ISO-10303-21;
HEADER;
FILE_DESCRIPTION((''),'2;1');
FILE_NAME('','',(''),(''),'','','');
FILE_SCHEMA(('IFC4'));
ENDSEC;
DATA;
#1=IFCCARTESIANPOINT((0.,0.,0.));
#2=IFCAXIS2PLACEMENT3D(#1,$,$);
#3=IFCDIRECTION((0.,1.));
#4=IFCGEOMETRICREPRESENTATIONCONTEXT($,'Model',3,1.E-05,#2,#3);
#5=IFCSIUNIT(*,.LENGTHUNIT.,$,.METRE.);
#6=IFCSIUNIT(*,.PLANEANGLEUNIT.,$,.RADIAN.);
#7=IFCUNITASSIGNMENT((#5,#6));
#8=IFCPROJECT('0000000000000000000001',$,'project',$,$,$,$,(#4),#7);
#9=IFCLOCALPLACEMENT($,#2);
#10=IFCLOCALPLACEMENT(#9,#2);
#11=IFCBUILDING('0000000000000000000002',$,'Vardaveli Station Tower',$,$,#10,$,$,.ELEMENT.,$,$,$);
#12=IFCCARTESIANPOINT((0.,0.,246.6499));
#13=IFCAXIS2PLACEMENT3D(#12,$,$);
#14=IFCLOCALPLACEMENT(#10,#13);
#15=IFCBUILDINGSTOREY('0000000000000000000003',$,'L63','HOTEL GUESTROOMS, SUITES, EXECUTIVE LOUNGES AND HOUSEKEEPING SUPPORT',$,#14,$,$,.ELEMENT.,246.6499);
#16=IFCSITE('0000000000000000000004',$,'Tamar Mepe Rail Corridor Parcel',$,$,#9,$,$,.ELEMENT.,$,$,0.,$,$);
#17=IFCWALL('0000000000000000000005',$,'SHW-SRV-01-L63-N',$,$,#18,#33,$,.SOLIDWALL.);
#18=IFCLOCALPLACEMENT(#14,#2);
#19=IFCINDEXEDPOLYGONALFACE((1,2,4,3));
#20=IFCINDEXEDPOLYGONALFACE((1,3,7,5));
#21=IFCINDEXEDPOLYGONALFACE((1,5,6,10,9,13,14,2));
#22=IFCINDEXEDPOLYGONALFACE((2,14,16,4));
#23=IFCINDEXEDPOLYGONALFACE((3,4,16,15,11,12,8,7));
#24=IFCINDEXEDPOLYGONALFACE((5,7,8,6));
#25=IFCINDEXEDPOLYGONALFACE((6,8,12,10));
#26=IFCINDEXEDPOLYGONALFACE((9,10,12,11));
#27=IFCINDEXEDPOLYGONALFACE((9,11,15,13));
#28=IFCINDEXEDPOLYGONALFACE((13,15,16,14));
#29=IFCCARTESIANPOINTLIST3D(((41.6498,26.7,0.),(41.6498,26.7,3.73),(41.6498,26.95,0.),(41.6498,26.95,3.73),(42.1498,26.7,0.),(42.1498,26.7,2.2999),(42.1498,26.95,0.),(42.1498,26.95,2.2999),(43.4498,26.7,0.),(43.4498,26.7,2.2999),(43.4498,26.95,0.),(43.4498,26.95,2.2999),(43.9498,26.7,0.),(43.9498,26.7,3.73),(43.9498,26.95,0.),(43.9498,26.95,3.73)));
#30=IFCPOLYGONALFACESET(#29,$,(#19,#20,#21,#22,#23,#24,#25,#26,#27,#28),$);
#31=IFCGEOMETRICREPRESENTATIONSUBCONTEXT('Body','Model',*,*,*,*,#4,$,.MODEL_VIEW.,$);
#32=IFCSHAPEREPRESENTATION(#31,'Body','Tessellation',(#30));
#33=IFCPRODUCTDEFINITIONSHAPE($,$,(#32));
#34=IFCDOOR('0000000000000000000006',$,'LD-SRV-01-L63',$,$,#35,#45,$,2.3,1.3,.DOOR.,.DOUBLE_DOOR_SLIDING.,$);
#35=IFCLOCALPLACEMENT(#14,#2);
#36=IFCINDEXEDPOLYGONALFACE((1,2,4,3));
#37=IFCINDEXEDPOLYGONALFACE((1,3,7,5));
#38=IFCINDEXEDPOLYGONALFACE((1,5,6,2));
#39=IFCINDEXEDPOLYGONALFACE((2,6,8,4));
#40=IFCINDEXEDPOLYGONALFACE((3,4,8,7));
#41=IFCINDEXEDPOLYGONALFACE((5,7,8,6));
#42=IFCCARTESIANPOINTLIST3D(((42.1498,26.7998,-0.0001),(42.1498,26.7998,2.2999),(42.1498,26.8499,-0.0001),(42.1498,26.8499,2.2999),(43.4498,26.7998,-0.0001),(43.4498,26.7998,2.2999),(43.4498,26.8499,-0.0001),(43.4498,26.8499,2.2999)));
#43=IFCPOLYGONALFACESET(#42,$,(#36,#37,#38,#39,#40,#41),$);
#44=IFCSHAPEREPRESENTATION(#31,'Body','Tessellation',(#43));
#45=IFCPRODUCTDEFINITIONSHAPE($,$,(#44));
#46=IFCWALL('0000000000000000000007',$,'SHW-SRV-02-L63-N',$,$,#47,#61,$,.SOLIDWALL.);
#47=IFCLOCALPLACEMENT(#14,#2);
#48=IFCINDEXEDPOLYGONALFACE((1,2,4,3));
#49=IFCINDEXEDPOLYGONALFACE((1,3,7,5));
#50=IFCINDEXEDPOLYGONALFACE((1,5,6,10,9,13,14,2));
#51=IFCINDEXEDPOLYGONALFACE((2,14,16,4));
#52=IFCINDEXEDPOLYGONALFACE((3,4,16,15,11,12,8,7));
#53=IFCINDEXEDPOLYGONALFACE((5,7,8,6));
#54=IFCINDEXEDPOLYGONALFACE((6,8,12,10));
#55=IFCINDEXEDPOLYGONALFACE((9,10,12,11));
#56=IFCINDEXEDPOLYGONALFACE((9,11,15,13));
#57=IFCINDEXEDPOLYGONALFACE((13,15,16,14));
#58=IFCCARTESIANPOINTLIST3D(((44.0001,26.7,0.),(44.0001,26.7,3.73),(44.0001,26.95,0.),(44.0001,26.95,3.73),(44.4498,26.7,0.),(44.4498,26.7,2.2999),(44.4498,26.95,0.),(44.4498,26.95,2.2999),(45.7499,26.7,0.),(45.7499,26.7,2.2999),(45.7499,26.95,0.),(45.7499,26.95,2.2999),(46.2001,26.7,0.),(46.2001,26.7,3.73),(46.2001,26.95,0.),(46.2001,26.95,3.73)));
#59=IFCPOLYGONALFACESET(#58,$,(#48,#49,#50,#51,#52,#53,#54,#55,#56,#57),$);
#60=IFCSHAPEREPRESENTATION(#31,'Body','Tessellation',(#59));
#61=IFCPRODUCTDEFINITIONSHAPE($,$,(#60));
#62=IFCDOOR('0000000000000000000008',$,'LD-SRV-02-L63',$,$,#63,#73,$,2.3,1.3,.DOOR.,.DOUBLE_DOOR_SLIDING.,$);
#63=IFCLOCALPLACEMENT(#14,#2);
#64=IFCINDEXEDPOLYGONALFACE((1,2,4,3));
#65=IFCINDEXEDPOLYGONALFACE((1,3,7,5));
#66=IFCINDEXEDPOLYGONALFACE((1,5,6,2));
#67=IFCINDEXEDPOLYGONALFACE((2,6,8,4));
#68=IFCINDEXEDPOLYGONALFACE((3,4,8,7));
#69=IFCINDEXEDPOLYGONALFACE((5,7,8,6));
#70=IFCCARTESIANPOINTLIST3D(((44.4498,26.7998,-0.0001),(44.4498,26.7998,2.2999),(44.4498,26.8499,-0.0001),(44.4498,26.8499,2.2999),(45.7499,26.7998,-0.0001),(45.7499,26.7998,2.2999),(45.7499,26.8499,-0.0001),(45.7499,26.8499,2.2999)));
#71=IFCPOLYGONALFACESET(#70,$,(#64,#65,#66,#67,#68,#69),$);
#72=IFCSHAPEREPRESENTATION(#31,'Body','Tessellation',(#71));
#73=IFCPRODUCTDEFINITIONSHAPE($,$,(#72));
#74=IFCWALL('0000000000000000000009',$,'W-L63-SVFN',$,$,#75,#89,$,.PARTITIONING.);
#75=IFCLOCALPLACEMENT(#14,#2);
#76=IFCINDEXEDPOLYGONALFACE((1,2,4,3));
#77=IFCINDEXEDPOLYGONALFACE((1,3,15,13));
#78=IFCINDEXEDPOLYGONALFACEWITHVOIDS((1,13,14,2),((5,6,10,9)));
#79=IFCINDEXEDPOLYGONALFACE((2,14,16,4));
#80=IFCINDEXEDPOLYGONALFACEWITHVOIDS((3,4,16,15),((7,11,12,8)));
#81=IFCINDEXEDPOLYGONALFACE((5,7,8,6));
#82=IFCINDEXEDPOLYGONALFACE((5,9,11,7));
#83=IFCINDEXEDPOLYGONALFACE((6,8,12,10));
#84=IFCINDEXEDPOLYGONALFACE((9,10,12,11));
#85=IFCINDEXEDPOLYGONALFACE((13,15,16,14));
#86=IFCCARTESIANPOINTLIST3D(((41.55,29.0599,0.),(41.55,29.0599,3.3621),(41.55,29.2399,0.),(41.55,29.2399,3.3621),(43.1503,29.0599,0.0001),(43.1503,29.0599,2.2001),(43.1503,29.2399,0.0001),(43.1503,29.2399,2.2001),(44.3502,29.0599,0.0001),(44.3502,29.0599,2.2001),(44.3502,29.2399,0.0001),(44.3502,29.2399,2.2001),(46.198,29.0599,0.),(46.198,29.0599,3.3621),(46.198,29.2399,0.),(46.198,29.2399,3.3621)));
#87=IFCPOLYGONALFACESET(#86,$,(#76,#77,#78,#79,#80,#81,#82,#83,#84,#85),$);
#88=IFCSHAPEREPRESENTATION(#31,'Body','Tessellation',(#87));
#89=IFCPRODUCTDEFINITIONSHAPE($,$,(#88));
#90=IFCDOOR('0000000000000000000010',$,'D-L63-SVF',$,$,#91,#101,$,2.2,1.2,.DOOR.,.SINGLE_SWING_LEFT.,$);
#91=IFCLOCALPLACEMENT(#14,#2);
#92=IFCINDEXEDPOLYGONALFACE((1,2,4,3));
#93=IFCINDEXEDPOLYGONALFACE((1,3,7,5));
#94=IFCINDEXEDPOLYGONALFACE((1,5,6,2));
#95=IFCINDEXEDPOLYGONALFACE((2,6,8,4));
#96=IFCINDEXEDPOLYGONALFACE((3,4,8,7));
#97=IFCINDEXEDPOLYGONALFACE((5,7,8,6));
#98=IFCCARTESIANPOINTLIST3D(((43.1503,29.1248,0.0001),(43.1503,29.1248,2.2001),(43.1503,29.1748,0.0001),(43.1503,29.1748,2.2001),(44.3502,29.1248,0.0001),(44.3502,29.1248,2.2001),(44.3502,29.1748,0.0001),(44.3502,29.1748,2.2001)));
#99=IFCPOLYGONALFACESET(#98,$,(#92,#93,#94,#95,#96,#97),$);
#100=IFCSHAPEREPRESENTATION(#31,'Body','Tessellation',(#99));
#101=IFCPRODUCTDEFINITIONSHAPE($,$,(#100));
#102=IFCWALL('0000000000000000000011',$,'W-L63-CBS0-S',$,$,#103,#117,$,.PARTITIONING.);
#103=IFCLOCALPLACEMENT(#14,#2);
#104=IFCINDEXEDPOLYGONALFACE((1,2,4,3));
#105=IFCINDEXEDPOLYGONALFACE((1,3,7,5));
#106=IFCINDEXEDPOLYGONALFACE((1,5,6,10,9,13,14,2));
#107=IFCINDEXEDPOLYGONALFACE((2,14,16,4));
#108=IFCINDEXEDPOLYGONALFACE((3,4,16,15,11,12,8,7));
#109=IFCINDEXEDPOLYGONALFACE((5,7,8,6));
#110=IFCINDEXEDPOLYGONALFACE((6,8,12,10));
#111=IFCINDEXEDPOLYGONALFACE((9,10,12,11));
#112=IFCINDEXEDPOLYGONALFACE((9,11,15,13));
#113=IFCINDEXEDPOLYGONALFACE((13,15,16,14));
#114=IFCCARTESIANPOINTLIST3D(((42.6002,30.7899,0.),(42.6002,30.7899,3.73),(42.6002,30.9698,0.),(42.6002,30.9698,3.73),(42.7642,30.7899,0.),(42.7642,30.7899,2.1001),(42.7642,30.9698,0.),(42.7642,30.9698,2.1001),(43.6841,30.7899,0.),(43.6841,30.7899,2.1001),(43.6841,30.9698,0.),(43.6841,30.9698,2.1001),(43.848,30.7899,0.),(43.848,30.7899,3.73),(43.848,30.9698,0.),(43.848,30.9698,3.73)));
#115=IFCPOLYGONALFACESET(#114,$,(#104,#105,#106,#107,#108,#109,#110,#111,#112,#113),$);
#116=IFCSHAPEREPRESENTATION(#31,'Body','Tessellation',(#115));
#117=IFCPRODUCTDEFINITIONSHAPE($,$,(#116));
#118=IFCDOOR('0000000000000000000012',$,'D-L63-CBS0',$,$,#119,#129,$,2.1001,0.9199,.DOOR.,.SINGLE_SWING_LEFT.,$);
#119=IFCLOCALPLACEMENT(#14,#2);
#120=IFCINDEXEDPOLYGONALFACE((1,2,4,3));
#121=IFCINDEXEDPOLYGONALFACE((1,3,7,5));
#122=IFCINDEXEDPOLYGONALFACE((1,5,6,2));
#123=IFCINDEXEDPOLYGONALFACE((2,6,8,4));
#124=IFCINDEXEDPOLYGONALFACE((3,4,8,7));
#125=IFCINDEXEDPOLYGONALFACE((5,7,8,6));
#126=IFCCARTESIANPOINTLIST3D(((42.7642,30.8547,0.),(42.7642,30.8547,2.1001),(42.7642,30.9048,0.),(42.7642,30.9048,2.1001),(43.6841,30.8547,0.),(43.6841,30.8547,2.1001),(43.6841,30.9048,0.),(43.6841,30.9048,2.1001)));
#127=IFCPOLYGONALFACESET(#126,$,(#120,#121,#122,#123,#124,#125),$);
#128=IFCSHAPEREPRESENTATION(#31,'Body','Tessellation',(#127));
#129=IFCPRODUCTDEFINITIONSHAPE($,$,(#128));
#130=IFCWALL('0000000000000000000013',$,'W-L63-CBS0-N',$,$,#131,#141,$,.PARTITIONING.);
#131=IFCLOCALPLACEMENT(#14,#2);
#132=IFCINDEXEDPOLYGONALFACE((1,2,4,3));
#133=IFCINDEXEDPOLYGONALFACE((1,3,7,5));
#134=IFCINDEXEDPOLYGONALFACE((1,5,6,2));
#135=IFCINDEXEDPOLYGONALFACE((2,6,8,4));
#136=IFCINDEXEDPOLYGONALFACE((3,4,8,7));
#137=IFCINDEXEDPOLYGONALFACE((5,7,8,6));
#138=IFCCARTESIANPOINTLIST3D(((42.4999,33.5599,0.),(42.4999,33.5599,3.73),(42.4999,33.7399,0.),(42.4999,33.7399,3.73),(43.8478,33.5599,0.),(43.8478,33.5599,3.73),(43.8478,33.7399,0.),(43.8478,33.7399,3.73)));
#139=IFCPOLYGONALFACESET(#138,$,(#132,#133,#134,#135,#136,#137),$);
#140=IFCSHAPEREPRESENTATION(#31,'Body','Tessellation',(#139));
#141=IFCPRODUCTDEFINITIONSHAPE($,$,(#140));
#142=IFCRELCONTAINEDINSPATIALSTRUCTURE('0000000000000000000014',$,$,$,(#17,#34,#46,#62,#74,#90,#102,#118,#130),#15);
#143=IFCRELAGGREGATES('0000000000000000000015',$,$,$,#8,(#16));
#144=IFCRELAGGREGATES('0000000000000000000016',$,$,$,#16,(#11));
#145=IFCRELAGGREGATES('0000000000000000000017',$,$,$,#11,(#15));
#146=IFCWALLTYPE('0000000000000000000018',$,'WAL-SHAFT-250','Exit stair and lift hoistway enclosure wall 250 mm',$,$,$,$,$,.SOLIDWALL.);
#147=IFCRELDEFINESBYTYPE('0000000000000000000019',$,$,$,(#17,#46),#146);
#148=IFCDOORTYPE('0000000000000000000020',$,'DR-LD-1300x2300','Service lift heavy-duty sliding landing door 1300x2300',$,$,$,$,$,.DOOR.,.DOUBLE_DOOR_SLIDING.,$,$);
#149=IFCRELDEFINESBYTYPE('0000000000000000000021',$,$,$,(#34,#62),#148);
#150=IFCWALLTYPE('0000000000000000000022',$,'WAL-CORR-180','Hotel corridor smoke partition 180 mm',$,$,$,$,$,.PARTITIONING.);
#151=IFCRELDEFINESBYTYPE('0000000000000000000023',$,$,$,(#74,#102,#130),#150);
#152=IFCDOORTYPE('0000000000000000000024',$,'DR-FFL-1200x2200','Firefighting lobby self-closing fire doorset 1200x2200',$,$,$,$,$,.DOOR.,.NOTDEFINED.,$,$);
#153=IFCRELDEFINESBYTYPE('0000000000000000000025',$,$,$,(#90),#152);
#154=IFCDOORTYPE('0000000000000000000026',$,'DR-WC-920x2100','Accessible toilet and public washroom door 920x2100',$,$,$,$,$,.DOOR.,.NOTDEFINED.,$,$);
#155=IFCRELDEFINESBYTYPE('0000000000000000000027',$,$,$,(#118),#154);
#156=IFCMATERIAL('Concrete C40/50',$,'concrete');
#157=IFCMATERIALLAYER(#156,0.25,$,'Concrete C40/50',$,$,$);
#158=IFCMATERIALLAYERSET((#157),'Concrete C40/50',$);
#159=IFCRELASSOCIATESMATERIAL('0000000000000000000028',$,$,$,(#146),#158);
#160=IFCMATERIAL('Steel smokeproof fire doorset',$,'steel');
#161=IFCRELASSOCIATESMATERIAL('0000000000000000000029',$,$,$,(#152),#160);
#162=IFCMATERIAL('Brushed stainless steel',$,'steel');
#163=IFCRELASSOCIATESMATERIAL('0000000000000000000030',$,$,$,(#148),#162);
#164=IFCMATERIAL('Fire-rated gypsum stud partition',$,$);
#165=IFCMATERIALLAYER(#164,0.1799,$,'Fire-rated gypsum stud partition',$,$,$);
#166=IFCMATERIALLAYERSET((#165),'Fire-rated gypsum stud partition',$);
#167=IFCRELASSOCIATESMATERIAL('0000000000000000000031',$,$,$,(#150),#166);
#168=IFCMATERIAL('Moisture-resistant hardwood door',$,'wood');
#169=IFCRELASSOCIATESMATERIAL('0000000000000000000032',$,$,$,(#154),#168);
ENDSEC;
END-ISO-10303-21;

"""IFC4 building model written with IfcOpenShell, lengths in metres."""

from ifc_helpers import new_model, si_unit, direction, frame, frame_2d, origin, place, context, subcontext, project, spatial, rectangle, extrude, source, transform, mapped, material, layer, layer_set, type_object, element, fill, save


model = new_model("IFC4")

# Units and contexts
model_context = context("Model", 3, precision=1e-05, world=origin(), true_north=direction((0.0, 1.0)))
body_context = subcontext(model_context, "Body", "Model", "MODEL_VIEW")
ifc_project = project(units=[si_unit("LENGTHUNIT", "METRE"), si_unit("PLANEANGLEUNIT", "RADIAN")], contexts=[model_context])

# Site, building, storey
site_placement = place(None, origin())
site = spatial("IfcSite", under=ifc_project, at=site_placement, Name="Tamar Mepe Rail Corridor Parcel", CompositionType="ELEMENT", RefElevation=0.0)
building_placement = place(site_placement, origin())
building = spatial("IfcBuilding", under=site, at=building_placement, Name="Vardaveli Station Tower", CompositionType="ELEMENT")
storey_placement = place(building_placement, frame((0.0, 0.0, 246.6499)))
storey = spatial("IfcBuildingStorey", under=building, at=storey_placement, Name="L63", Description="HOTEL GUESTROOMS, SUITES, EXECUTIVE LOUNGES AND HOUSEKEEPING SUPPORT", CompositionType="ELEMENT", Elevation=246.6499)

# Shared definitions
ifc_material_1 = material(Name="Concrete C40/50", Category="concrete")
ifc_layer_1 = layer(ifc_material_1, 0.25, Name="Concrete C40/50")
ifc_layer_set_1 = layer_set([ifc_layer_1], Name="Concrete C40/50")
wall_type_1 = type_object("IfcWallType", Name="WAL-SHAFT-250", Description="Exit stair and lift hoistway enclosure wall 250 mm", PredefinedType="SOLIDWALL", material=ifc_layer_set_1)

# Walls, openings, doors
ifc_material_2 = material(Name="Steel smokeproof fire doorset", Category="steel")
door_type_1 = type_object("IfcDoorType", Name="DR-FFL-1200x2200", Description="Firefighting lobby self-closing fire doorset 1200x2200", OperationType="NOTDEFINED", PredefinedType="DOOR", material=ifc_material_2)
shared_shape_1 = source(origin(), body_context, "Body", "SweptSolid", [
    extrude(rectangle(XDim=1.2, YDim=2.2, at=frame_2d((0.6001, 1.1001))), frame((0.0, 0.0249, 0.0), z_axis=(0.0, -1.0, 0.0), x_axis=(1.0, 0.0, 0.0)), (0.0, 0.0, 1.0), 0.05),
])
shared_shape_2 = source(origin(), body_context, "Body", "SweptSolid", [
    extrude(rectangle(XDim=2.3, YDim=0.25, at=frame_2d((1.1499, 0.0))), origin(), (0.0, 0.0, 1.0), 3.73),
])
wall_1_placement = place(storey_placement, frame((41.6499, 26.825, 0.0), z_axis=(0.0, 0.0, 1.0), x_axis=(1.0, 0.0, 0.0)))
wall_1 = element("IfcWall", 1, at=wall_1_placement, inside=storey, type_object=wall_type_1, Name="SHW-SRV-01-L63-N", PredefinedType="SOLIDWALL", context=body_context, shape_type="MappedRepresentation", body=[
    mapped(shared_shape_2, transform((0.0, 0.0, 0.0), scale=1.0)),
])
shared_shape_3 = source(origin(), body_context, "Body", "SweptSolid", [
    extrude(rectangle(XDim=1.3, YDim=2.3, at=frame_2d((0.6499, 1.1499))), frame((0.0, 0.135, 0.0), z_axis=(0.0, -1.0, 0.0), x_axis=(1.0, 0.0, 0.0)), (0.0, 0.0, 1.0), 0.27),
])
opening_1_placement = place(wall_1_placement, frame((0.5, 0.0, 0.0)))
opening_1 = element("IfcOpeningElement", 2, at=opening_1_placement, cuts=wall_1, PredefinedType="OPENING", context=body_context, shape_type="MappedRepresentation", body=[
    mapped(shared_shape_3, transform((0.0, 0.0, 0.0), scale=1.0)),
])
ifc_material_3 = material(Name="Brushed stainless steel", Category="steel")
door_type_2 = type_object("IfcDoorType", Name="DR-LD-1300x2300", Description="Service lift heavy-duty sliding landing door 1300x2300", OperationType="DOUBLE_DOOR_SLIDING", PredefinedType="DOOR", material=ifc_material_3)
shared_shape_4 = source(origin(), body_context, "Body", "SweptSolid", [
    extrude(rectangle(XDim=1.3, YDim=2.3, at=frame_2d((0.6499, 1.1499))), frame((0.0, 0.0249, 0.0), z_axis=(0.0, -1.0, 0.0), x_axis=(1.0, 0.0, 0.0)), (0.0, 0.0, 1.0), 0.05),
])
door_1_placement = place(opening_1_placement, origin())
door_1 = element("IfcDoor", 3, at=door_1_placement, inside=storey, type_object=door_type_2, Name="LD-SRV-01-L63", OperationType="DOUBLE_DOOR_SLIDING", OverallHeight=2.3, OverallWidth=1.3, PredefinedType="DOOR", context=body_context, shape_type="MappedRepresentation", body=[
    mapped(shared_shape_4, transform((0.0, 0.0, 0.0), scale=1.0)),
])
fill(opening_1, door_1)
shared_shape_5 = source(origin(), body_context, "Body", "SweptSolid", [
    extrude(rectangle(XDim=2.2, YDim=0.25, at=frame_2d((1.1001, 0.0))), origin(), (0.0, 0.0, 1.0), 3.73),
])
wall_2_placement = place(storey_placement, frame((44.0, 26.825, 0.0), z_axis=(0.0, 0.0, 1.0), x_axis=(1.0, 0.0, 0.0)))
wall_2 = element("IfcWall", 4, at=wall_2_placement, inside=storey, type_object=wall_type_1, Name="SHW-SRV-02-L63-N", PredefinedType="SOLIDWALL", context=body_context, shape_type="MappedRepresentation", body=[
    mapped(shared_shape_5, transform((0.0, 0.0, 0.0), scale=1.0)),
])
opening_2_placement = place(wall_2_placement, frame((0.45, 0.0, 0.0)))
opening_2 = element("IfcOpeningElement", 5, at=opening_2_placement, cuts=wall_2, PredefinedType="OPENING", context=body_context, shape_type="MappedRepresentation", body=[
    mapped(shared_shape_3, transform((0.0, 0.0, 0.0), scale=1.0)),
])
door_2_placement = place(opening_2_placement, origin())
door_2 = element("IfcDoor", 6, at=door_2_placement, inside=storey, type_object=door_type_2, Name="LD-SRV-02-L63", OperationType="DOUBLE_DOOR_SLIDING", OverallHeight=2.3, OverallWidth=1.3, PredefinedType="DOOR", context=body_context, shape_type="MappedRepresentation", body=[
    mapped(shared_shape_4, transform((0.0, 0.0, 0.0), scale=1.0)),
])
fill(opening_2, door_2)
ifc_material_4 = material(Name="Fire-rated gypsum stud partition")
ifc_layer_2 = layer(ifc_material_4, 0.1799, Name="Fire-rated gypsum stud partition")
ifc_layer_set_2 = layer_set([ifc_layer_2], Name="Fire-rated gypsum stud partition")
wall_type_2 = type_object("IfcWallType", Name="WAL-CORR-180", Description="Hotel corridor smoke partition 180 mm", PredefinedType="PARTITIONING", material=ifc_layer_set_2)
shared_shape_6 = source(origin(), body_context, "Body", "SweptSolid", [
    extrude(rectangle(XDim=4.6479, YDim=0.1799, at=frame_2d((2.324, 0.0))), origin(), (0.0, 0.0, 1.0), 3.3621),
])
wall_3_placement = place(storey_placement, frame((41.55, 29.1499, 0.0), z_axis=(0.0, 0.0, 1.0), x_axis=(1.0, 0.0, 0.0)))
wall_3 = element("IfcWall", 7, at=wall_3_placement, inside=storey, type_object=wall_type_2, Name="W-L63-SVFN", PredefinedType="PARTITIONING", context=body_context, shape_type="MappedRepresentation", body=[
    mapped(shared_shape_6, transform((0.0, 0.0, 0.0), scale=1.0)),
])
shared_shape_7 = source(origin(), body_context, "Body", "SweptSolid", [
    extrude(rectangle(XDim=1.2, YDim=2.2, at=frame_2d((0.6001, 1.1001))), frame((0.0, 0.1001, 0.0), z_axis=(0.0, -1.0, 0.0), x_axis=(1.0, 0.0, 0.0)), (0.0, 0.0, 1.0), 0.2),
])
opening_3_placement = place(wall_3_placement, frame((1.6001, 0.0, 0.0)))
opening_3 = element("IfcOpeningElement", 8, at=opening_3_placement, cuts=wall_3, PredefinedType="OPENING", context=body_context, shape_type="MappedRepresentation", body=[
    mapped(shared_shape_7, transform((0.0, 0.0, 0.0), scale=1.0)),
])
door_3_placement = place(opening_3_placement, origin())
door_3 = element("IfcDoor", 9, at=door_3_placement, inside=storey, type_object=door_type_1, Name="D-L63-SVF", OperationType="SINGLE_SWING_LEFT", OverallHeight=2.2, OverallWidth=1.2, PredefinedType="DOOR", context=body_context, shape_type="MappedRepresentation", body=[
    mapped(shared_shape_1, transform((0.0, 0.0, 0.0), scale=1.0)),
])
fill(opening_3, door_3)
shared_shape_8 = source(origin(), body_context, "Body", "SweptSolid", [
    extrude(rectangle(XDim=1.2478, YDim=0.1799, at=frame_2d((0.624, 0.0))), origin(), (0.0, 0.0, 1.0), 3.73),
])
wall_4_placement = place(storey_placement, frame((42.6001, 30.8799, 0.0), z_axis=(0.0, 0.0, 1.0), x_axis=(1.0, 0.0, 0.0)))
wall_4 = element("IfcWall", 10, at=wall_4_placement, inside=storey, type_object=wall_type_2, Name="W-L63-CBS0-S", PredefinedType="PARTITIONING", context=body_context, shape_type="MappedRepresentation", body=[
    mapped(shared_shape_8, transform((0.0, 0.0, 0.0), scale=1.0)),
])
shared_shape_9 = source(origin(), body_context, "Body", "SweptSolid", [
    extrude(rectangle(XDim=0.9199, YDim=2.1001, at=frame_2d((0.46, 1.05))), frame((0.0, 0.1001, 0.0), z_axis=(0.0, -1.0, 0.0), x_axis=(1.0, 0.0, 0.0)), (0.0, 0.0, 1.0), 0.2),
])
opening_4_placement = place(wall_4_placement, frame((0.1641, 0.0, 0.0)))
opening_4 = element("IfcOpeningElement", 11, at=opening_4_placement, cuts=wall_4, PredefinedType="OPENING", context=body_context, shape_type="MappedRepresentation", body=[
    mapped(shared_shape_9, transform((0.0, 0.0, 0.0), scale=1.0)),
])
ifc_material_5 = material(Name="Moisture-resistant hardwood door", Category="wood")
door_type_3 = type_object("IfcDoorType", Name="DR-WC-920x2100", Description="Accessible toilet and public washroom door 920x2100", OperationType="NOTDEFINED", PredefinedType="DOOR", material=ifc_material_5)
shared_shape_10 = source(origin(), body_context, "Body", "SweptSolid", [
    extrude(rectangle(XDim=0.9199, YDim=2.1001, at=frame_2d((0.46, 1.05))), frame((0.0, 0.0249, 0.0), z_axis=(0.0, -1.0, 0.0), x_axis=(1.0, 0.0, 0.0)), (0.0, 0.0, 1.0), 0.05),
])
door_4_placement = place(opening_4_placement, origin())
door_4 = element("IfcDoor", 12, at=door_4_placement, inside=storey, type_object=door_type_3, Name="D-L63-CBS0", OperationType="SINGLE_SWING_LEFT", OverallHeight=2.1001, OverallWidth=0.9199, PredefinedType="DOOR", context=body_context, shape_type="MappedRepresentation", body=[
    mapped(shared_shape_10, transform((0.0, 0.0, 0.0), scale=1.0)),
])
fill(opening_4, door_4)

# Wall
shared_shape_11 = source(origin(), body_context, "Body", "SweptSolid", [
    extrude(rectangle(XDim=1.3479, YDim=0.1799, at=frame_2d((0.6738, 0.0))), origin(), (0.0, 0.0, 1.0), 3.73),
])
wall_5_placement = place(storey_placement, frame((42.5, 33.6499, 0.0), z_axis=(0.0, 0.0, 1.0), x_axis=(1.0, 0.0, 0.0)))
element("IfcWall", 13, at=wall_5_placement, inside=storey, type_object=wall_type_2, Name="W-L63-CBS0-N", PredefinedType="PARTITIONING", context=body_context, shape_type="MappedRepresentation", body=[
    mapped(shared_shape_11, transform((0.0, 0.0, 0.0), scale=1.0)),
])

save(model, "model.ifc")
